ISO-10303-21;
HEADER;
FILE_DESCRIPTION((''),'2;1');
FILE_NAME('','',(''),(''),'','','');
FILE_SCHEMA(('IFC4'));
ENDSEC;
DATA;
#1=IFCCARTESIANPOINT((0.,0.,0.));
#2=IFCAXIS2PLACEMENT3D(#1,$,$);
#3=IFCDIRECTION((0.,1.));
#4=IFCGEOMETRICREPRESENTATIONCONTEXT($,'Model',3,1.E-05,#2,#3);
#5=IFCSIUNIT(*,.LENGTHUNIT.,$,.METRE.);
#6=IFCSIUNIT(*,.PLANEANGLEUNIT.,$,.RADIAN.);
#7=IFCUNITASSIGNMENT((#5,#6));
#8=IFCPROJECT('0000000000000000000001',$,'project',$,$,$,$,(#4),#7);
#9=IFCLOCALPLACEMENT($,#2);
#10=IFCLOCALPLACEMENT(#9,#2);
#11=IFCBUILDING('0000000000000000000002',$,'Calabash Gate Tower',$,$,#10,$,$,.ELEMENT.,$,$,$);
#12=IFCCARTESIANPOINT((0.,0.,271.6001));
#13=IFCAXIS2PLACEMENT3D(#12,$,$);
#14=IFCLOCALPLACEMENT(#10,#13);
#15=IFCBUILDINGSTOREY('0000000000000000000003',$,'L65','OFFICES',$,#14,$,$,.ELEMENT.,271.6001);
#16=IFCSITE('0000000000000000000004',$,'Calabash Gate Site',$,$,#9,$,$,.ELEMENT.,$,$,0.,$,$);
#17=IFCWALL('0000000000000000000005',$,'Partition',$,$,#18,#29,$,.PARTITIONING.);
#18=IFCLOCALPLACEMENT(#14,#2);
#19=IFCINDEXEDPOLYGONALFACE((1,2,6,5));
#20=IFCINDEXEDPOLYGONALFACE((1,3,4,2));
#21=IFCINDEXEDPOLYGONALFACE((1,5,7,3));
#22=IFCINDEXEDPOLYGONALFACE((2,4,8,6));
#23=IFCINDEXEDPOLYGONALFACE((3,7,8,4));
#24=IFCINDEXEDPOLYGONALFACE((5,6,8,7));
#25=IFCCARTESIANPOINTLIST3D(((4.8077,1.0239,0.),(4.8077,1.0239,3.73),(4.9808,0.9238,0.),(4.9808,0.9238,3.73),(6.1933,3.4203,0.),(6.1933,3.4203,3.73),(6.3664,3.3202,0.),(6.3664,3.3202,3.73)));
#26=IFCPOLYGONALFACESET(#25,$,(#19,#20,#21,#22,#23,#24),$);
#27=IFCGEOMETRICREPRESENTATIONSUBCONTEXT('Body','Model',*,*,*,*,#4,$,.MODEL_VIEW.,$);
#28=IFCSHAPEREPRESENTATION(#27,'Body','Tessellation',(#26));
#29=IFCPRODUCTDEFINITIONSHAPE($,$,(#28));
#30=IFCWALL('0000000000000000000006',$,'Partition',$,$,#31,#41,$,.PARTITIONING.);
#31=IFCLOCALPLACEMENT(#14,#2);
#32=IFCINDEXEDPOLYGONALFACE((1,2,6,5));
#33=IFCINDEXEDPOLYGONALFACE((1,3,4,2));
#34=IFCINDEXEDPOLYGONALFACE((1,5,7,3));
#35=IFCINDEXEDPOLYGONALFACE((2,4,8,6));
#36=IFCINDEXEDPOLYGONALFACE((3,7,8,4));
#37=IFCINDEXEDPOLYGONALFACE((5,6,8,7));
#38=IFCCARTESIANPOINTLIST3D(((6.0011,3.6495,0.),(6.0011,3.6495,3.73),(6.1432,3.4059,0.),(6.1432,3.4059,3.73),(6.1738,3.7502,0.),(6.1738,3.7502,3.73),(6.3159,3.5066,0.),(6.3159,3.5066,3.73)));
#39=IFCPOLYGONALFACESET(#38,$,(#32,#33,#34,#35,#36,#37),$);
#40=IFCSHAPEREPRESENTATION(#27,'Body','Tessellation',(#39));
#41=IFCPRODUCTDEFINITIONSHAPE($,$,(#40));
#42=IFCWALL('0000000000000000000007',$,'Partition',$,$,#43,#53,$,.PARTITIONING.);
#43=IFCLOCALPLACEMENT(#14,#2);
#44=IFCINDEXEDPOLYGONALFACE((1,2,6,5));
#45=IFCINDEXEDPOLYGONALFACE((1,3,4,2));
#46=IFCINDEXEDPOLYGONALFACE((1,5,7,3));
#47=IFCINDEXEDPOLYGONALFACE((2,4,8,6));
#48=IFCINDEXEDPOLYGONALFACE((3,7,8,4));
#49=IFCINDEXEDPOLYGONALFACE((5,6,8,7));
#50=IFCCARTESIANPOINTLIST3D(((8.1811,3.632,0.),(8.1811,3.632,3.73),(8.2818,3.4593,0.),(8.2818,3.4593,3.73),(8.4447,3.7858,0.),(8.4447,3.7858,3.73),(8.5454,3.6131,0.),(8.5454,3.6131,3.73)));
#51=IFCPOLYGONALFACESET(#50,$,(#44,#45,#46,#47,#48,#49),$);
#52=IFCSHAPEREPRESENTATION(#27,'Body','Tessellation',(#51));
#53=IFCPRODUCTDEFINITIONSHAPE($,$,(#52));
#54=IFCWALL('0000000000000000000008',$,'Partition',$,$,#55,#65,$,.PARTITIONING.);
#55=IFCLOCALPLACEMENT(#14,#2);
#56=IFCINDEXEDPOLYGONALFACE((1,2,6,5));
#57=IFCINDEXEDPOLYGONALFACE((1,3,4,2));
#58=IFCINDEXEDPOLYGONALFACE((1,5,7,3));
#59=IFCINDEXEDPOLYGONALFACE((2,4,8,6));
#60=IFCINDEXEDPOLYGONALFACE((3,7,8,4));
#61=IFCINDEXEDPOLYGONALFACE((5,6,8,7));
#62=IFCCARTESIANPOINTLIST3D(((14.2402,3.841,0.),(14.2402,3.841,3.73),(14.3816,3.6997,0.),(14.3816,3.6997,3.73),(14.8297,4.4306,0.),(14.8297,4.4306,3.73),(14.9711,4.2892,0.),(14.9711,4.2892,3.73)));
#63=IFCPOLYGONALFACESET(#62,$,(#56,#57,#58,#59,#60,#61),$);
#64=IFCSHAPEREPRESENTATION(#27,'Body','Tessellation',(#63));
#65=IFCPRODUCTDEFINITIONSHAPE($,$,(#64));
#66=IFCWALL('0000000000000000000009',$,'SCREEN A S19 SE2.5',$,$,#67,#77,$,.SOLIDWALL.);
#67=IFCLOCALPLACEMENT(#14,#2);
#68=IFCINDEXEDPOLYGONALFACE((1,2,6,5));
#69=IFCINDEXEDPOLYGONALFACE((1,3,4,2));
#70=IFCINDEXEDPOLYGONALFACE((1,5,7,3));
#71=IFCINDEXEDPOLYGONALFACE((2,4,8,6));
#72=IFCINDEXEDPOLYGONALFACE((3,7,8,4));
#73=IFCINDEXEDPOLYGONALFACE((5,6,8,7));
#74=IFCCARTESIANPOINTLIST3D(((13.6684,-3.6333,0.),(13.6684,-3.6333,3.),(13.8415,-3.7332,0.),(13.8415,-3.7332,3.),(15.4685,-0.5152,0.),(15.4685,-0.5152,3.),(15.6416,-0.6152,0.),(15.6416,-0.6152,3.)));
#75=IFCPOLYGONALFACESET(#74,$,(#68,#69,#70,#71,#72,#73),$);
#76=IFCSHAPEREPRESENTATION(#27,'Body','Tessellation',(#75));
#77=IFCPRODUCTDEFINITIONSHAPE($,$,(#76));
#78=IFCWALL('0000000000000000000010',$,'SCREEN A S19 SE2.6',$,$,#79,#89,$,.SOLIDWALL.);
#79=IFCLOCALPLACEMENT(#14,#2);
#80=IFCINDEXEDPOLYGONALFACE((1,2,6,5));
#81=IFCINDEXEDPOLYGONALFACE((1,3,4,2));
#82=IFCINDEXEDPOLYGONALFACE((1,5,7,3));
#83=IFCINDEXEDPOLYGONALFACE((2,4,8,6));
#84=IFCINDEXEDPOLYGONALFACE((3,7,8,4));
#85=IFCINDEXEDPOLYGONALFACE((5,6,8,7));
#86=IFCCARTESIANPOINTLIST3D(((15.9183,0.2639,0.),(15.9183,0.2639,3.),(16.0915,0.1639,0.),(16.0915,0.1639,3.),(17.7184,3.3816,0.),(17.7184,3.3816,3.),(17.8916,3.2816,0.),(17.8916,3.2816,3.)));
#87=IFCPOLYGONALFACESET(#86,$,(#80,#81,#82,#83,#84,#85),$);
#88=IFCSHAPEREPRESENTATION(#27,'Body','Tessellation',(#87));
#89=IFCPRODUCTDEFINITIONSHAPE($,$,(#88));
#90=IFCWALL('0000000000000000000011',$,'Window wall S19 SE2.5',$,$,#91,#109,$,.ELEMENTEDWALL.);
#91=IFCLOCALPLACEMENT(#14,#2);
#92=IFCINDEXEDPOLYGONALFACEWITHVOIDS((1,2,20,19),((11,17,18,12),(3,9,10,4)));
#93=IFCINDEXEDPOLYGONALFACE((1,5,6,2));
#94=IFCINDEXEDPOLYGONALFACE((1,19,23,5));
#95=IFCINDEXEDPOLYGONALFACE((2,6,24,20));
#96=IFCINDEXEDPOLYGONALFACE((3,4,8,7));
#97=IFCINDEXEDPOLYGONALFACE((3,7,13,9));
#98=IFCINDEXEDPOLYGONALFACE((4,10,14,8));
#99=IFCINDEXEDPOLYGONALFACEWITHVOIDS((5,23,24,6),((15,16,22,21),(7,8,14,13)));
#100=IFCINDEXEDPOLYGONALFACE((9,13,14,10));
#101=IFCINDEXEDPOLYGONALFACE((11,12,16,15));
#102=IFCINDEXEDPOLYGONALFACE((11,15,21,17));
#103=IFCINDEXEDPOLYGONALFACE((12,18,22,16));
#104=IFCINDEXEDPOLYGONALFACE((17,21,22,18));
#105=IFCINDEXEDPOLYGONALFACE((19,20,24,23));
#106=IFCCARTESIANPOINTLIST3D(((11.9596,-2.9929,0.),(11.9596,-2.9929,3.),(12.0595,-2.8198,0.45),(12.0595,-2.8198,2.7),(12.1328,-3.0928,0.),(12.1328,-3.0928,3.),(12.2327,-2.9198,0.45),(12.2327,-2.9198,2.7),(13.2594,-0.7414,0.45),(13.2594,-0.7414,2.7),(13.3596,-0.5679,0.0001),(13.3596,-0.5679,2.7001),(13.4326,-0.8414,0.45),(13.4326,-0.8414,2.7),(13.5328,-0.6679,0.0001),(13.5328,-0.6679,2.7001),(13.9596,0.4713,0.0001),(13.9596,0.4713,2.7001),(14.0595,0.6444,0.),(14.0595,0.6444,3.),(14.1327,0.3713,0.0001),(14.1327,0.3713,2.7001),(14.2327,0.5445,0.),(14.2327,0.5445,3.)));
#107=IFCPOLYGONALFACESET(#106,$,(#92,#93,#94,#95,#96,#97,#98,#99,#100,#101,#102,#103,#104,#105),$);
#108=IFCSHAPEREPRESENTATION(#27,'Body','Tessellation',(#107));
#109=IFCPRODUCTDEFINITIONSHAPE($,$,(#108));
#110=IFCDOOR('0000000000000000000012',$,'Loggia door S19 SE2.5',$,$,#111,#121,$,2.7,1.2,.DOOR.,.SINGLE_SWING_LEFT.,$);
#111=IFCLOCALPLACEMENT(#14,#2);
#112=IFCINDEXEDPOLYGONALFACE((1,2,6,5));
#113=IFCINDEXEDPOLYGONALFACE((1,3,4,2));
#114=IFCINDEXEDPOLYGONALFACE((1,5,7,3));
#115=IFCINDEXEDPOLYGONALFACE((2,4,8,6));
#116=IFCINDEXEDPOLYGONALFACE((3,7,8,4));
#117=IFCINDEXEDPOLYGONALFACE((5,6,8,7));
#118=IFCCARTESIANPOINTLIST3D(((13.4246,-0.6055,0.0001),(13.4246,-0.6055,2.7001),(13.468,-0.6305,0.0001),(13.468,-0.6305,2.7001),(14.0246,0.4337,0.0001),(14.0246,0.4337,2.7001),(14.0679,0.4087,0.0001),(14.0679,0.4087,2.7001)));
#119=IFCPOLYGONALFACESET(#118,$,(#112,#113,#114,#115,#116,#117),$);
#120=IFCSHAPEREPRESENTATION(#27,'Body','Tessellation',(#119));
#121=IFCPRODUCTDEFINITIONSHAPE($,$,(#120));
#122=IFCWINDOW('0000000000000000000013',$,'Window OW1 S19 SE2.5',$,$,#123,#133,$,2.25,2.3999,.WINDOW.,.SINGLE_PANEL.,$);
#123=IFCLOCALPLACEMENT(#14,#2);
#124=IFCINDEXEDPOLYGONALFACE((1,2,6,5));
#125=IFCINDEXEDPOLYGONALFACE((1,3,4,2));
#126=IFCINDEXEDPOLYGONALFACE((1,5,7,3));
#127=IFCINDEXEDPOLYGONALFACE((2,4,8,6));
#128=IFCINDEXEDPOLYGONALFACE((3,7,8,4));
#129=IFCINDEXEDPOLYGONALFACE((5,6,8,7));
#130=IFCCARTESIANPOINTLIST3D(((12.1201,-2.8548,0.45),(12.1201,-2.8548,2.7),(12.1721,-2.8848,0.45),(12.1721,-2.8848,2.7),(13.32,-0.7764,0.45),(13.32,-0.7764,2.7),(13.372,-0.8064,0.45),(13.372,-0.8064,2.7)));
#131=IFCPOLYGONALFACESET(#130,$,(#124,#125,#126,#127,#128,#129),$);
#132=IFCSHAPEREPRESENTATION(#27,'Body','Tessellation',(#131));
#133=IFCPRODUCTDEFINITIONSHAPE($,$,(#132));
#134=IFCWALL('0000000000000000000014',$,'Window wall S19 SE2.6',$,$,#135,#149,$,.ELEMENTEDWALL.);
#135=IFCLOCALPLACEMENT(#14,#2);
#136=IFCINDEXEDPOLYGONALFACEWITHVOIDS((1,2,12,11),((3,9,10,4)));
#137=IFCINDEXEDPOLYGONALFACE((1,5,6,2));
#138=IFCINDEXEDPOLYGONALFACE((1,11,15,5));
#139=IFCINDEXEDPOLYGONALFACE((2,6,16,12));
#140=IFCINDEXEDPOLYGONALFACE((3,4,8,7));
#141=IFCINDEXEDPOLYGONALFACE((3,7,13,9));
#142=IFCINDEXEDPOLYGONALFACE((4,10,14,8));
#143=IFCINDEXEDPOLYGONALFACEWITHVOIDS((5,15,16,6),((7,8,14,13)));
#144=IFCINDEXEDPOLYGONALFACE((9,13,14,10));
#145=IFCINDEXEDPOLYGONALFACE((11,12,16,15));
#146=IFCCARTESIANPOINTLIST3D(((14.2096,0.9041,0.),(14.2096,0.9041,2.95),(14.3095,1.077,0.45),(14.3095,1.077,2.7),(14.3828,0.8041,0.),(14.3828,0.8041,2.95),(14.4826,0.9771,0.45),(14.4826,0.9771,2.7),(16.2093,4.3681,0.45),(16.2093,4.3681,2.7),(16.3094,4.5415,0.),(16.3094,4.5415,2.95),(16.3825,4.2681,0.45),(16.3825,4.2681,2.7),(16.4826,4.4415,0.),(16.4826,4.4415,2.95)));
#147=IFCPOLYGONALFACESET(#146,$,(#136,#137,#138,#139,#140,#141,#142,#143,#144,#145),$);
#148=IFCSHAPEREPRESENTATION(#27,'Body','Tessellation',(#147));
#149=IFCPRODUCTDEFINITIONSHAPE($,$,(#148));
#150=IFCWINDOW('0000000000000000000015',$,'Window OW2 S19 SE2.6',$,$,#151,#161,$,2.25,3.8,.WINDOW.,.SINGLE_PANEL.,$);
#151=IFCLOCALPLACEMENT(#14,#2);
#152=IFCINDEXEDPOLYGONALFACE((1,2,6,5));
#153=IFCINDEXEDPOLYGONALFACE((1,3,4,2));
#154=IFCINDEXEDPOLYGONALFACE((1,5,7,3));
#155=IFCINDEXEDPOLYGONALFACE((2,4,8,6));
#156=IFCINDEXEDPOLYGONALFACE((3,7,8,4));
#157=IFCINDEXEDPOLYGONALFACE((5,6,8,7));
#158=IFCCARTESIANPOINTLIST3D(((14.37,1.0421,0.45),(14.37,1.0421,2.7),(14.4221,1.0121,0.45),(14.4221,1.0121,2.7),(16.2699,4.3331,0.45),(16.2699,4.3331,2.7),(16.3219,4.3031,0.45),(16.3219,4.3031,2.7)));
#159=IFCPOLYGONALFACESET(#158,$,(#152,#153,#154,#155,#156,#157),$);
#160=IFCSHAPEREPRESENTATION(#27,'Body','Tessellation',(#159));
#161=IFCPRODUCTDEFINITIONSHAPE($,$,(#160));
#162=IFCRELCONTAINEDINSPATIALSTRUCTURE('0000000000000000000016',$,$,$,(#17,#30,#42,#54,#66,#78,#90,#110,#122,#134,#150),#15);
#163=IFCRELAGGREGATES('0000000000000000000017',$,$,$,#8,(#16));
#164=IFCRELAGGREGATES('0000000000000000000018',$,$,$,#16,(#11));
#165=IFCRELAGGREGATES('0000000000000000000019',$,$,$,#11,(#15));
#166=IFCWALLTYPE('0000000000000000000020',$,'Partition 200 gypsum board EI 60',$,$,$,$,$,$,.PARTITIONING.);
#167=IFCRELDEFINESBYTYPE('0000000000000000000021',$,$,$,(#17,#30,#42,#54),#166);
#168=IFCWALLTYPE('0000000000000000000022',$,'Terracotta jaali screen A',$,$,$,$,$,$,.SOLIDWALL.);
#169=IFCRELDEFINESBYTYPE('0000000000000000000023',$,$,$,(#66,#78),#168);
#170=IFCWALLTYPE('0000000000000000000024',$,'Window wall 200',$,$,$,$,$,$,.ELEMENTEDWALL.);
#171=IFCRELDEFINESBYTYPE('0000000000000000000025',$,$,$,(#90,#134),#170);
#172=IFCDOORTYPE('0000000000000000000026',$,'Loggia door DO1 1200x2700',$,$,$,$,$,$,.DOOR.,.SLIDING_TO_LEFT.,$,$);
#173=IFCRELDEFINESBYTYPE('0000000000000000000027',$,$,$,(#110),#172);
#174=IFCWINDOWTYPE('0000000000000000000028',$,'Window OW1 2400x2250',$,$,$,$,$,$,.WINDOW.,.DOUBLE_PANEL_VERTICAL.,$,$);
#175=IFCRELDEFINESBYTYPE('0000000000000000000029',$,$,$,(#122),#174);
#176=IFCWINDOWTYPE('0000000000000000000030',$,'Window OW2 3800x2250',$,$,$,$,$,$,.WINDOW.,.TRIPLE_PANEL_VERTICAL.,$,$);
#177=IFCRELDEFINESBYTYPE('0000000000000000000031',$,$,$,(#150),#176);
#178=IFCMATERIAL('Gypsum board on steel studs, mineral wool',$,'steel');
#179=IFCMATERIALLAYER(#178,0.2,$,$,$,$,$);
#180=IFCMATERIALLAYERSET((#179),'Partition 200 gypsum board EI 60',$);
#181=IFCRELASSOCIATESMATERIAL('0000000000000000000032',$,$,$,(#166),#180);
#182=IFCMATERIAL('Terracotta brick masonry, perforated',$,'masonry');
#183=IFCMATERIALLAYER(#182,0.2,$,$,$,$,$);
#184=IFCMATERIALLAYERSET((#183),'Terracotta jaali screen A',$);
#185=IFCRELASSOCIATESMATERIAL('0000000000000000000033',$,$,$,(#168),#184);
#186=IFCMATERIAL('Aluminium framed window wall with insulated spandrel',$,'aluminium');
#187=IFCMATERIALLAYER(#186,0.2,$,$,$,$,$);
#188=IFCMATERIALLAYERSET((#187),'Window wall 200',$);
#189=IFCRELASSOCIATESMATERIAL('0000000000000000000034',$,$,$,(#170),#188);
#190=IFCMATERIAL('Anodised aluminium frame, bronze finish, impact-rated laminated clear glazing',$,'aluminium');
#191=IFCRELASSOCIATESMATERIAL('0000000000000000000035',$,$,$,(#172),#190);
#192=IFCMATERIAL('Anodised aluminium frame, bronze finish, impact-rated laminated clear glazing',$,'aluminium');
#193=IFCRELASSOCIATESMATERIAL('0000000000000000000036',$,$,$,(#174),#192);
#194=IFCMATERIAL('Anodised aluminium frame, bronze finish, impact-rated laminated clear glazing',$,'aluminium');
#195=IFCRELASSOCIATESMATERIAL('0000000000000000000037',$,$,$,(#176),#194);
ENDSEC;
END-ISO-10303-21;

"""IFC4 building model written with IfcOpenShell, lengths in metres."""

from ifc_helpers import new_model, si_unit, direction, frame, frame_2d, origin, place, context, subcontext, project, spatial, rectangle, extrude, material, layer, layer_set, type_object, element, fill, save


model = new_model("IFC4")

# Units and contexts
model_context = context("Model", 3, precision=1e-05, world=origin(), true_north=direction((0.0, 1.0)))
body_context = subcontext(model_context, "Body", "Model", "MODEL_VIEW")
ifc_project = project(units=[si_unit("LENGTHUNIT", "METRE"), si_unit("PLANEANGLEUNIT", "RADIAN")], contexts=[model_context])

# Site, building, storey
site_placement = place(None, origin())
site = spatial("IfcSite", under=ifc_project, at=site_placement, Name="Calabash Gate Site", CompositionType="ELEMENT", RefElevation=0.0)
building_placement = place(site_placement, origin())
building = spatial("IfcBuilding", under=site, at=building_placement, Name="Calabash Gate Tower", CompositionType="ELEMENT")
storey_placement = place(building_placement, frame((0.0, 0.0, 271.6001)))
storey = spatial("IfcBuildingStorey", under=building, at=storey_placement, Name="L65", Description="OFFICES", CompositionType="ELEMENT", Elevation=271.6001)

# Walls
ifc_material_1 = material(Name="Gypsum board on steel studs, mineral wool", Category="steel")
ifc_layer_1 = layer(ifc_material_1, 0.2)
ifc_layer_set_1 = layer_set([ifc_layer_1], Name="Partition 200 gypsum board EI 60")
wall_type_1 = type_object("IfcWallType", Name="Partition 200 gypsum board EI 60", PredefinedType="PARTITIONING", material=ifc_layer_set_1)
wall_1_placement = place(storey_placement, frame((4.8943, 0.9739, 0.0), z_axis=(0.0, 0.0, 1.0), x_axis=(0.500549, 0.865708, 0.0)))
element("IfcWall", 1, at=wall_1_placement, inside=storey, type_object=wall_type_1, Name="Partition", PredefinedType="PARTITIONING", context=body_context, shape_type="SweptSolid", body=[
    extrude(rectangle(XDim=2.7681, YDim=0.2, at=frame_2d((1.384, 0.0))), origin(), (0.0, 0.0, 1.0), 3.73),
])
wall_2_placement = place(storey_placement, frame((6.0874, 3.7, 0.0), z_axis=(0.0, 0.0, 1.0), x_axis=(0.503763, -0.863842, 0.0)))
element("IfcWall", 2, at=wall_2_placement, inside=storey, type_object=wall_type_1, Name="Partition", PredefinedType="PARTITIONING", context=body_context, shape_type="SweptSolid", body=[
    extrude(rectangle(XDim=0.282, YDim=0.2, at=frame_2d((0.1411, 0.0))), origin(), (0.0, 0.0, 1.0), 3.73),
])
wall_3_placement = place(storey_placement, frame((8.2314, 3.5457, 0.0), z_axis=(0.0, 0.0, 1.0), x_axis=(0.863779, 0.503871, 0.0)))
element("IfcWall", 3, at=wall_3_placement, inside=storey, type_object=wall_type_1, Name="Partition", PredefinedType="PARTITIONING", context=body_context, shape_type="SweptSolid", body=[
    extrude(rectangle(XDim=0.3052, YDim=0.2, at=frame_2d((0.1526, 0.0))), origin(), (0.0, 0.0, 1.0), 3.73),
])

# Walls
wall_4_placement = place(storey_placement, frame((14.3108, 3.7703, 0.0), z_axis=(0.0, 0.0, 1.0), x_axis=(0.707107, 0.707107, 0.0)))
element("IfcWall", 4, at=wall_4_placement, inside=storey, type_object=wall_type_1, Name="Partition", PredefinedType="PARTITIONING", context=body_context, shape_type="SweptSolid", body=[
    extrude(rectangle(XDim=0.8337, YDim=0.2, at=frame_2d((0.417, 0.0))), origin(), (0.0, 0.0, 1.0), 3.73),
])
ifc_material_2 = material(Name="Terracotta brick masonry, perforated", Category="masonry")
ifc_layer_2 = layer(ifc_material_2, 0.2)
ifc_layer_set_2 = layer_set([ifc_layer_2], Name="Terracotta jaali screen A")
wall_type_2 = type_object("IfcWallType", Name="Terracotta jaali screen A", PredefinedType="SOLIDWALL", material=ifc_layer_set_2)
wall_5_placement = place(storey_placement, frame((13.7549, -3.6833, 0.0), z_axis=(0.0, 0.0, 1.0), x_axis=(0.499983, 0.866035, 0.0)))
element("IfcWall", 5, at=wall_5_placement, inside=storey, type_object=wall_type_2, Name="SCREEN A S19 SE2.5", PredefinedType="SOLIDWALL", context=body_context, shape_type="SweptSolid", body=[
    extrude(rectangle(XDim=3.6003, YDim=0.2, at=frame_2d((1.8003, 0.0))), origin(), (0.0, 0.0, 1.0), 3.0),
])
wall_6_placement = place(storey_placement, frame((16.0049, 0.2139, 0.0), z_axis=(0.0, 0.0, 1.0), x_axis=(0.500012, 0.866018, 0.0)))
element("IfcWall", 6, at=wall_6_placement, inside=storey, type_object=wall_type_2, Name="SCREEN A S19 SE2.6", PredefinedType="SOLIDWALL", context=body_context, shape_type="SweptSolid", body=[
    extrude(rectangle(XDim=3.6001, YDim=0.2, at=frame_2d((1.8, 0.0))), origin(), (0.0, 0.0, 1.0), 3.0),
])

# Wall, openings, door, window
ifc_material_3 = material(Name="Aluminium framed window wall with insulated spandrel", Category="aluminium")
ifc_layer_3 = layer(ifc_material_3, 0.2)
ifc_layer_set_3 = layer_set([ifc_layer_3], Name="Window wall 200")
wall_type_3 = type_object("IfcWallType", Name="Window wall 200", PredefinedType="ELEMENTEDWALL", material=ifc_layer_set_3)
wall_7_placement = place(storey_placement, frame((12.0461, -3.043, 0.0), z_axis=(0.0, 0.0, 1.0), x_axis=(0.499984, 0.866035, 0.0)))
wall_7 = element("IfcWall", 7, at=wall_7_placement, inside=storey, type_object=wall_type_3, Name="Window wall S19 SE2.5", PredefinedType="ELEMENTEDWALL", context=body_context, shape_type="SweptSolid", body=[
    extrude(rectangle(XDim=4.2, YDim=0.2, at=frame_2d((2.1001, 0.0))), origin(), (0.0, 0.0, 1.0), 3.0),
])
opening_1_placement = place(wall_7_placement, frame((0.2, 0.0, 0.45)))
opening_1 = element("IfcOpeningElement", 8, at=opening_1_placement, cuts=wall_7, PredefinedType="OPENING", context=body_context, shape_type="SweptSolid", body=[
    extrude(rectangle(XDim=2.3999, YDim=2.25, at=frame_2d((1.2, 1.125))), frame((0.0, 0.1099, 0.0), z_axis=(0.0, -1.0, 0.0), x_axis=(1.0, 0.0, 0.0)), (0.0, 0.0, 1.0), 0.22),
])
opening_2_placement = place(wall_7_placement, frame((2.8, 0.0, 0.0)))
opening_2 = element("IfcOpeningElement", 9, at=opening_2_placement, cuts=wall_7, PredefinedType="OPENING", context=body_context, shape_type="SweptSolid", body=[
    extrude(rectangle(XDim=1.2, YDim=2.7, at=frame_2d((0.6001, 1.3501))), frame((0.0, 0.1099, 0.0), z_axis=(0.0, -1.0, 0.0), x_axis=(1.0, 0.0, 0.0)), (0.0, 0.0, 1.0), 0.22),
])
ifc_material_4 = material(Name="Anodised aluminium frame, bronze finish, impact-rated laminated clear glazing", Category="aluminium")
door_type_1 = type_object("IfcDoorType", Name="Loggia door DO1 1200x2700", OperationType="SLIDING_TO_LEFT", PredefinedType="DOOR", material=ifc_material_4)
door_1_placement = place(opening_2_placement, origin())
door_1 = element("IfcDoor", 10, at=door_1_placement, inside=storey, type_object=door_type_1, Name="Loggia door S19 SE2.5", OperationType="SINGLE_SWING_LEFT", OverallHeight=2.7, OverallWidth=1.2, PredefinedType="DOOR", context=body_context, shape_type="SweptSolid", body=[
    extrude(rectangle(XDim=1.2, YDim=2.7, at=frame_2d((0.6001, 1.3501))), frame((0.0, 0.0249, 0.0), z_axis=(0.0, -1.0, 0.0), x_axis=(1.0, 0.0, 0.0)), (0.0, 0.0, 1.0), 0.05),
])
fill(opening_2, door_1)
ifc_material_5 = material(Name="Anodised aluminium frame, bronze finish, impact-rated laminated clear glazing", Category="aluminium")
window_type_1 = type_object("IfcWindowType", Name="Window OW1 2400x2250", PartitioningType="DOUBLE_PANEL_VERTICAL", PredefinedType="WINDOW", material=ifc_material_5)
window_1_placement = place(opening_1_placement, origin())
window_1 = element("IfcWindow", 11, at=window_1_placement, inside=storey, type_object=window_type_1, Name="Window OW1 S19 SE2.5", OverallHeight=2.25, OverallWidth=2.3999, PartitioningType="SINGLE_PANEL", PredefinedType="WINDOW", context=body_context, shape_type="SweptSolid", body=[
    extrude(rectangle(XDim=2.3999, YDim=2.25, at=frame_2d((1.2, 1.125))), frame((0.0, 0.03, 0.0), z_axis=(0.0, -1.0, 0.0), x_axis=(1.0, 0.0, 0.0)), (0.0, 0.0, 1.0), 0.0601),
])
fill(opening_1, window_1)

# Wall, opening, window
wall_8_placement = place(storey_placement, frame((14.2961, 0.854, 0.0), z_axis=(0.0, 0.0, 1.0), x_axis=(0.499959, 0.866049, 0.0)))
wall_8 = element("IfcWall", 12, at=wall_8_placement, inside=storey, type_object=wall_type_3, Name="Window wall S19 SE2.6", PredefinedType="ELEMENTEDWALL", context=body_context, shape_type="SweptSolid", body=[
    extrude(rectangle(XDim=4.2, YDim=0.2, at=frame_2d((2.1001, 0.0))), origin(), (0.0, 0.0, 1.0), 2.95),
])
opening_3_placement = place(wall_8_placement, frame((0.2, 0.0, 0.45)))
opening_3 = element("IfcOpeningElement", 13, at=opening_3_placement, cuts=wall_8, PredefinedType="OPENING", context=body_context, shape_type="SweptSolid", body=[
    extrude(rectangle(XDim=3.8, YDim=2.25, at=frame_2d((1.8999, 1.125))), frame((0.0, 0.1099, 0.0), z_axis=(0.0, -1.0, 0.0), x_axis=(1.0, 0.0, 0.0)), (0.0, 0.0, 1.0), 0.22),
])
ifc_material_6 = material(Name="Anodised aluminium frame, bronze finish, impact-rated laminated clear glazing", Category="aluminium")
window_type_2 = type_object("IfcWindowType", Name="Window OW2 3800x2250", PartitioningType="TRIPLE_PANEL_VERTICAL", PredefinedType="WINDOW", material=ifc_material_6)
window_2_placement = place(opening_3_placement, origin())
window_2 = element("IfcWindow", 14, at=window_2_placement, inside=storey, type_object=window_type_2, Name="Window OW2 S19 SE2.6", OverallHeight=2.25, OverallWidth=3.8, PartitioningType="SINGLE_PANEL", PredefinedType="WINDOW", context=body_context, shape_type="SweptSolid", body=[
    extrude(rectangle(XDim=3.8, YDim=2.25, at=frame_2d((1.8999, 1.125))), frame((0.0, 0.03, 0.0), z_axis=(0.0, -1.0, 0.0), x_axis=(1.0, 0.0, 0.0)), (0.0, 0.0, 1.0), 0.0601),
])
fill(opening_3, window_2)

save(model, "model.ifc")
